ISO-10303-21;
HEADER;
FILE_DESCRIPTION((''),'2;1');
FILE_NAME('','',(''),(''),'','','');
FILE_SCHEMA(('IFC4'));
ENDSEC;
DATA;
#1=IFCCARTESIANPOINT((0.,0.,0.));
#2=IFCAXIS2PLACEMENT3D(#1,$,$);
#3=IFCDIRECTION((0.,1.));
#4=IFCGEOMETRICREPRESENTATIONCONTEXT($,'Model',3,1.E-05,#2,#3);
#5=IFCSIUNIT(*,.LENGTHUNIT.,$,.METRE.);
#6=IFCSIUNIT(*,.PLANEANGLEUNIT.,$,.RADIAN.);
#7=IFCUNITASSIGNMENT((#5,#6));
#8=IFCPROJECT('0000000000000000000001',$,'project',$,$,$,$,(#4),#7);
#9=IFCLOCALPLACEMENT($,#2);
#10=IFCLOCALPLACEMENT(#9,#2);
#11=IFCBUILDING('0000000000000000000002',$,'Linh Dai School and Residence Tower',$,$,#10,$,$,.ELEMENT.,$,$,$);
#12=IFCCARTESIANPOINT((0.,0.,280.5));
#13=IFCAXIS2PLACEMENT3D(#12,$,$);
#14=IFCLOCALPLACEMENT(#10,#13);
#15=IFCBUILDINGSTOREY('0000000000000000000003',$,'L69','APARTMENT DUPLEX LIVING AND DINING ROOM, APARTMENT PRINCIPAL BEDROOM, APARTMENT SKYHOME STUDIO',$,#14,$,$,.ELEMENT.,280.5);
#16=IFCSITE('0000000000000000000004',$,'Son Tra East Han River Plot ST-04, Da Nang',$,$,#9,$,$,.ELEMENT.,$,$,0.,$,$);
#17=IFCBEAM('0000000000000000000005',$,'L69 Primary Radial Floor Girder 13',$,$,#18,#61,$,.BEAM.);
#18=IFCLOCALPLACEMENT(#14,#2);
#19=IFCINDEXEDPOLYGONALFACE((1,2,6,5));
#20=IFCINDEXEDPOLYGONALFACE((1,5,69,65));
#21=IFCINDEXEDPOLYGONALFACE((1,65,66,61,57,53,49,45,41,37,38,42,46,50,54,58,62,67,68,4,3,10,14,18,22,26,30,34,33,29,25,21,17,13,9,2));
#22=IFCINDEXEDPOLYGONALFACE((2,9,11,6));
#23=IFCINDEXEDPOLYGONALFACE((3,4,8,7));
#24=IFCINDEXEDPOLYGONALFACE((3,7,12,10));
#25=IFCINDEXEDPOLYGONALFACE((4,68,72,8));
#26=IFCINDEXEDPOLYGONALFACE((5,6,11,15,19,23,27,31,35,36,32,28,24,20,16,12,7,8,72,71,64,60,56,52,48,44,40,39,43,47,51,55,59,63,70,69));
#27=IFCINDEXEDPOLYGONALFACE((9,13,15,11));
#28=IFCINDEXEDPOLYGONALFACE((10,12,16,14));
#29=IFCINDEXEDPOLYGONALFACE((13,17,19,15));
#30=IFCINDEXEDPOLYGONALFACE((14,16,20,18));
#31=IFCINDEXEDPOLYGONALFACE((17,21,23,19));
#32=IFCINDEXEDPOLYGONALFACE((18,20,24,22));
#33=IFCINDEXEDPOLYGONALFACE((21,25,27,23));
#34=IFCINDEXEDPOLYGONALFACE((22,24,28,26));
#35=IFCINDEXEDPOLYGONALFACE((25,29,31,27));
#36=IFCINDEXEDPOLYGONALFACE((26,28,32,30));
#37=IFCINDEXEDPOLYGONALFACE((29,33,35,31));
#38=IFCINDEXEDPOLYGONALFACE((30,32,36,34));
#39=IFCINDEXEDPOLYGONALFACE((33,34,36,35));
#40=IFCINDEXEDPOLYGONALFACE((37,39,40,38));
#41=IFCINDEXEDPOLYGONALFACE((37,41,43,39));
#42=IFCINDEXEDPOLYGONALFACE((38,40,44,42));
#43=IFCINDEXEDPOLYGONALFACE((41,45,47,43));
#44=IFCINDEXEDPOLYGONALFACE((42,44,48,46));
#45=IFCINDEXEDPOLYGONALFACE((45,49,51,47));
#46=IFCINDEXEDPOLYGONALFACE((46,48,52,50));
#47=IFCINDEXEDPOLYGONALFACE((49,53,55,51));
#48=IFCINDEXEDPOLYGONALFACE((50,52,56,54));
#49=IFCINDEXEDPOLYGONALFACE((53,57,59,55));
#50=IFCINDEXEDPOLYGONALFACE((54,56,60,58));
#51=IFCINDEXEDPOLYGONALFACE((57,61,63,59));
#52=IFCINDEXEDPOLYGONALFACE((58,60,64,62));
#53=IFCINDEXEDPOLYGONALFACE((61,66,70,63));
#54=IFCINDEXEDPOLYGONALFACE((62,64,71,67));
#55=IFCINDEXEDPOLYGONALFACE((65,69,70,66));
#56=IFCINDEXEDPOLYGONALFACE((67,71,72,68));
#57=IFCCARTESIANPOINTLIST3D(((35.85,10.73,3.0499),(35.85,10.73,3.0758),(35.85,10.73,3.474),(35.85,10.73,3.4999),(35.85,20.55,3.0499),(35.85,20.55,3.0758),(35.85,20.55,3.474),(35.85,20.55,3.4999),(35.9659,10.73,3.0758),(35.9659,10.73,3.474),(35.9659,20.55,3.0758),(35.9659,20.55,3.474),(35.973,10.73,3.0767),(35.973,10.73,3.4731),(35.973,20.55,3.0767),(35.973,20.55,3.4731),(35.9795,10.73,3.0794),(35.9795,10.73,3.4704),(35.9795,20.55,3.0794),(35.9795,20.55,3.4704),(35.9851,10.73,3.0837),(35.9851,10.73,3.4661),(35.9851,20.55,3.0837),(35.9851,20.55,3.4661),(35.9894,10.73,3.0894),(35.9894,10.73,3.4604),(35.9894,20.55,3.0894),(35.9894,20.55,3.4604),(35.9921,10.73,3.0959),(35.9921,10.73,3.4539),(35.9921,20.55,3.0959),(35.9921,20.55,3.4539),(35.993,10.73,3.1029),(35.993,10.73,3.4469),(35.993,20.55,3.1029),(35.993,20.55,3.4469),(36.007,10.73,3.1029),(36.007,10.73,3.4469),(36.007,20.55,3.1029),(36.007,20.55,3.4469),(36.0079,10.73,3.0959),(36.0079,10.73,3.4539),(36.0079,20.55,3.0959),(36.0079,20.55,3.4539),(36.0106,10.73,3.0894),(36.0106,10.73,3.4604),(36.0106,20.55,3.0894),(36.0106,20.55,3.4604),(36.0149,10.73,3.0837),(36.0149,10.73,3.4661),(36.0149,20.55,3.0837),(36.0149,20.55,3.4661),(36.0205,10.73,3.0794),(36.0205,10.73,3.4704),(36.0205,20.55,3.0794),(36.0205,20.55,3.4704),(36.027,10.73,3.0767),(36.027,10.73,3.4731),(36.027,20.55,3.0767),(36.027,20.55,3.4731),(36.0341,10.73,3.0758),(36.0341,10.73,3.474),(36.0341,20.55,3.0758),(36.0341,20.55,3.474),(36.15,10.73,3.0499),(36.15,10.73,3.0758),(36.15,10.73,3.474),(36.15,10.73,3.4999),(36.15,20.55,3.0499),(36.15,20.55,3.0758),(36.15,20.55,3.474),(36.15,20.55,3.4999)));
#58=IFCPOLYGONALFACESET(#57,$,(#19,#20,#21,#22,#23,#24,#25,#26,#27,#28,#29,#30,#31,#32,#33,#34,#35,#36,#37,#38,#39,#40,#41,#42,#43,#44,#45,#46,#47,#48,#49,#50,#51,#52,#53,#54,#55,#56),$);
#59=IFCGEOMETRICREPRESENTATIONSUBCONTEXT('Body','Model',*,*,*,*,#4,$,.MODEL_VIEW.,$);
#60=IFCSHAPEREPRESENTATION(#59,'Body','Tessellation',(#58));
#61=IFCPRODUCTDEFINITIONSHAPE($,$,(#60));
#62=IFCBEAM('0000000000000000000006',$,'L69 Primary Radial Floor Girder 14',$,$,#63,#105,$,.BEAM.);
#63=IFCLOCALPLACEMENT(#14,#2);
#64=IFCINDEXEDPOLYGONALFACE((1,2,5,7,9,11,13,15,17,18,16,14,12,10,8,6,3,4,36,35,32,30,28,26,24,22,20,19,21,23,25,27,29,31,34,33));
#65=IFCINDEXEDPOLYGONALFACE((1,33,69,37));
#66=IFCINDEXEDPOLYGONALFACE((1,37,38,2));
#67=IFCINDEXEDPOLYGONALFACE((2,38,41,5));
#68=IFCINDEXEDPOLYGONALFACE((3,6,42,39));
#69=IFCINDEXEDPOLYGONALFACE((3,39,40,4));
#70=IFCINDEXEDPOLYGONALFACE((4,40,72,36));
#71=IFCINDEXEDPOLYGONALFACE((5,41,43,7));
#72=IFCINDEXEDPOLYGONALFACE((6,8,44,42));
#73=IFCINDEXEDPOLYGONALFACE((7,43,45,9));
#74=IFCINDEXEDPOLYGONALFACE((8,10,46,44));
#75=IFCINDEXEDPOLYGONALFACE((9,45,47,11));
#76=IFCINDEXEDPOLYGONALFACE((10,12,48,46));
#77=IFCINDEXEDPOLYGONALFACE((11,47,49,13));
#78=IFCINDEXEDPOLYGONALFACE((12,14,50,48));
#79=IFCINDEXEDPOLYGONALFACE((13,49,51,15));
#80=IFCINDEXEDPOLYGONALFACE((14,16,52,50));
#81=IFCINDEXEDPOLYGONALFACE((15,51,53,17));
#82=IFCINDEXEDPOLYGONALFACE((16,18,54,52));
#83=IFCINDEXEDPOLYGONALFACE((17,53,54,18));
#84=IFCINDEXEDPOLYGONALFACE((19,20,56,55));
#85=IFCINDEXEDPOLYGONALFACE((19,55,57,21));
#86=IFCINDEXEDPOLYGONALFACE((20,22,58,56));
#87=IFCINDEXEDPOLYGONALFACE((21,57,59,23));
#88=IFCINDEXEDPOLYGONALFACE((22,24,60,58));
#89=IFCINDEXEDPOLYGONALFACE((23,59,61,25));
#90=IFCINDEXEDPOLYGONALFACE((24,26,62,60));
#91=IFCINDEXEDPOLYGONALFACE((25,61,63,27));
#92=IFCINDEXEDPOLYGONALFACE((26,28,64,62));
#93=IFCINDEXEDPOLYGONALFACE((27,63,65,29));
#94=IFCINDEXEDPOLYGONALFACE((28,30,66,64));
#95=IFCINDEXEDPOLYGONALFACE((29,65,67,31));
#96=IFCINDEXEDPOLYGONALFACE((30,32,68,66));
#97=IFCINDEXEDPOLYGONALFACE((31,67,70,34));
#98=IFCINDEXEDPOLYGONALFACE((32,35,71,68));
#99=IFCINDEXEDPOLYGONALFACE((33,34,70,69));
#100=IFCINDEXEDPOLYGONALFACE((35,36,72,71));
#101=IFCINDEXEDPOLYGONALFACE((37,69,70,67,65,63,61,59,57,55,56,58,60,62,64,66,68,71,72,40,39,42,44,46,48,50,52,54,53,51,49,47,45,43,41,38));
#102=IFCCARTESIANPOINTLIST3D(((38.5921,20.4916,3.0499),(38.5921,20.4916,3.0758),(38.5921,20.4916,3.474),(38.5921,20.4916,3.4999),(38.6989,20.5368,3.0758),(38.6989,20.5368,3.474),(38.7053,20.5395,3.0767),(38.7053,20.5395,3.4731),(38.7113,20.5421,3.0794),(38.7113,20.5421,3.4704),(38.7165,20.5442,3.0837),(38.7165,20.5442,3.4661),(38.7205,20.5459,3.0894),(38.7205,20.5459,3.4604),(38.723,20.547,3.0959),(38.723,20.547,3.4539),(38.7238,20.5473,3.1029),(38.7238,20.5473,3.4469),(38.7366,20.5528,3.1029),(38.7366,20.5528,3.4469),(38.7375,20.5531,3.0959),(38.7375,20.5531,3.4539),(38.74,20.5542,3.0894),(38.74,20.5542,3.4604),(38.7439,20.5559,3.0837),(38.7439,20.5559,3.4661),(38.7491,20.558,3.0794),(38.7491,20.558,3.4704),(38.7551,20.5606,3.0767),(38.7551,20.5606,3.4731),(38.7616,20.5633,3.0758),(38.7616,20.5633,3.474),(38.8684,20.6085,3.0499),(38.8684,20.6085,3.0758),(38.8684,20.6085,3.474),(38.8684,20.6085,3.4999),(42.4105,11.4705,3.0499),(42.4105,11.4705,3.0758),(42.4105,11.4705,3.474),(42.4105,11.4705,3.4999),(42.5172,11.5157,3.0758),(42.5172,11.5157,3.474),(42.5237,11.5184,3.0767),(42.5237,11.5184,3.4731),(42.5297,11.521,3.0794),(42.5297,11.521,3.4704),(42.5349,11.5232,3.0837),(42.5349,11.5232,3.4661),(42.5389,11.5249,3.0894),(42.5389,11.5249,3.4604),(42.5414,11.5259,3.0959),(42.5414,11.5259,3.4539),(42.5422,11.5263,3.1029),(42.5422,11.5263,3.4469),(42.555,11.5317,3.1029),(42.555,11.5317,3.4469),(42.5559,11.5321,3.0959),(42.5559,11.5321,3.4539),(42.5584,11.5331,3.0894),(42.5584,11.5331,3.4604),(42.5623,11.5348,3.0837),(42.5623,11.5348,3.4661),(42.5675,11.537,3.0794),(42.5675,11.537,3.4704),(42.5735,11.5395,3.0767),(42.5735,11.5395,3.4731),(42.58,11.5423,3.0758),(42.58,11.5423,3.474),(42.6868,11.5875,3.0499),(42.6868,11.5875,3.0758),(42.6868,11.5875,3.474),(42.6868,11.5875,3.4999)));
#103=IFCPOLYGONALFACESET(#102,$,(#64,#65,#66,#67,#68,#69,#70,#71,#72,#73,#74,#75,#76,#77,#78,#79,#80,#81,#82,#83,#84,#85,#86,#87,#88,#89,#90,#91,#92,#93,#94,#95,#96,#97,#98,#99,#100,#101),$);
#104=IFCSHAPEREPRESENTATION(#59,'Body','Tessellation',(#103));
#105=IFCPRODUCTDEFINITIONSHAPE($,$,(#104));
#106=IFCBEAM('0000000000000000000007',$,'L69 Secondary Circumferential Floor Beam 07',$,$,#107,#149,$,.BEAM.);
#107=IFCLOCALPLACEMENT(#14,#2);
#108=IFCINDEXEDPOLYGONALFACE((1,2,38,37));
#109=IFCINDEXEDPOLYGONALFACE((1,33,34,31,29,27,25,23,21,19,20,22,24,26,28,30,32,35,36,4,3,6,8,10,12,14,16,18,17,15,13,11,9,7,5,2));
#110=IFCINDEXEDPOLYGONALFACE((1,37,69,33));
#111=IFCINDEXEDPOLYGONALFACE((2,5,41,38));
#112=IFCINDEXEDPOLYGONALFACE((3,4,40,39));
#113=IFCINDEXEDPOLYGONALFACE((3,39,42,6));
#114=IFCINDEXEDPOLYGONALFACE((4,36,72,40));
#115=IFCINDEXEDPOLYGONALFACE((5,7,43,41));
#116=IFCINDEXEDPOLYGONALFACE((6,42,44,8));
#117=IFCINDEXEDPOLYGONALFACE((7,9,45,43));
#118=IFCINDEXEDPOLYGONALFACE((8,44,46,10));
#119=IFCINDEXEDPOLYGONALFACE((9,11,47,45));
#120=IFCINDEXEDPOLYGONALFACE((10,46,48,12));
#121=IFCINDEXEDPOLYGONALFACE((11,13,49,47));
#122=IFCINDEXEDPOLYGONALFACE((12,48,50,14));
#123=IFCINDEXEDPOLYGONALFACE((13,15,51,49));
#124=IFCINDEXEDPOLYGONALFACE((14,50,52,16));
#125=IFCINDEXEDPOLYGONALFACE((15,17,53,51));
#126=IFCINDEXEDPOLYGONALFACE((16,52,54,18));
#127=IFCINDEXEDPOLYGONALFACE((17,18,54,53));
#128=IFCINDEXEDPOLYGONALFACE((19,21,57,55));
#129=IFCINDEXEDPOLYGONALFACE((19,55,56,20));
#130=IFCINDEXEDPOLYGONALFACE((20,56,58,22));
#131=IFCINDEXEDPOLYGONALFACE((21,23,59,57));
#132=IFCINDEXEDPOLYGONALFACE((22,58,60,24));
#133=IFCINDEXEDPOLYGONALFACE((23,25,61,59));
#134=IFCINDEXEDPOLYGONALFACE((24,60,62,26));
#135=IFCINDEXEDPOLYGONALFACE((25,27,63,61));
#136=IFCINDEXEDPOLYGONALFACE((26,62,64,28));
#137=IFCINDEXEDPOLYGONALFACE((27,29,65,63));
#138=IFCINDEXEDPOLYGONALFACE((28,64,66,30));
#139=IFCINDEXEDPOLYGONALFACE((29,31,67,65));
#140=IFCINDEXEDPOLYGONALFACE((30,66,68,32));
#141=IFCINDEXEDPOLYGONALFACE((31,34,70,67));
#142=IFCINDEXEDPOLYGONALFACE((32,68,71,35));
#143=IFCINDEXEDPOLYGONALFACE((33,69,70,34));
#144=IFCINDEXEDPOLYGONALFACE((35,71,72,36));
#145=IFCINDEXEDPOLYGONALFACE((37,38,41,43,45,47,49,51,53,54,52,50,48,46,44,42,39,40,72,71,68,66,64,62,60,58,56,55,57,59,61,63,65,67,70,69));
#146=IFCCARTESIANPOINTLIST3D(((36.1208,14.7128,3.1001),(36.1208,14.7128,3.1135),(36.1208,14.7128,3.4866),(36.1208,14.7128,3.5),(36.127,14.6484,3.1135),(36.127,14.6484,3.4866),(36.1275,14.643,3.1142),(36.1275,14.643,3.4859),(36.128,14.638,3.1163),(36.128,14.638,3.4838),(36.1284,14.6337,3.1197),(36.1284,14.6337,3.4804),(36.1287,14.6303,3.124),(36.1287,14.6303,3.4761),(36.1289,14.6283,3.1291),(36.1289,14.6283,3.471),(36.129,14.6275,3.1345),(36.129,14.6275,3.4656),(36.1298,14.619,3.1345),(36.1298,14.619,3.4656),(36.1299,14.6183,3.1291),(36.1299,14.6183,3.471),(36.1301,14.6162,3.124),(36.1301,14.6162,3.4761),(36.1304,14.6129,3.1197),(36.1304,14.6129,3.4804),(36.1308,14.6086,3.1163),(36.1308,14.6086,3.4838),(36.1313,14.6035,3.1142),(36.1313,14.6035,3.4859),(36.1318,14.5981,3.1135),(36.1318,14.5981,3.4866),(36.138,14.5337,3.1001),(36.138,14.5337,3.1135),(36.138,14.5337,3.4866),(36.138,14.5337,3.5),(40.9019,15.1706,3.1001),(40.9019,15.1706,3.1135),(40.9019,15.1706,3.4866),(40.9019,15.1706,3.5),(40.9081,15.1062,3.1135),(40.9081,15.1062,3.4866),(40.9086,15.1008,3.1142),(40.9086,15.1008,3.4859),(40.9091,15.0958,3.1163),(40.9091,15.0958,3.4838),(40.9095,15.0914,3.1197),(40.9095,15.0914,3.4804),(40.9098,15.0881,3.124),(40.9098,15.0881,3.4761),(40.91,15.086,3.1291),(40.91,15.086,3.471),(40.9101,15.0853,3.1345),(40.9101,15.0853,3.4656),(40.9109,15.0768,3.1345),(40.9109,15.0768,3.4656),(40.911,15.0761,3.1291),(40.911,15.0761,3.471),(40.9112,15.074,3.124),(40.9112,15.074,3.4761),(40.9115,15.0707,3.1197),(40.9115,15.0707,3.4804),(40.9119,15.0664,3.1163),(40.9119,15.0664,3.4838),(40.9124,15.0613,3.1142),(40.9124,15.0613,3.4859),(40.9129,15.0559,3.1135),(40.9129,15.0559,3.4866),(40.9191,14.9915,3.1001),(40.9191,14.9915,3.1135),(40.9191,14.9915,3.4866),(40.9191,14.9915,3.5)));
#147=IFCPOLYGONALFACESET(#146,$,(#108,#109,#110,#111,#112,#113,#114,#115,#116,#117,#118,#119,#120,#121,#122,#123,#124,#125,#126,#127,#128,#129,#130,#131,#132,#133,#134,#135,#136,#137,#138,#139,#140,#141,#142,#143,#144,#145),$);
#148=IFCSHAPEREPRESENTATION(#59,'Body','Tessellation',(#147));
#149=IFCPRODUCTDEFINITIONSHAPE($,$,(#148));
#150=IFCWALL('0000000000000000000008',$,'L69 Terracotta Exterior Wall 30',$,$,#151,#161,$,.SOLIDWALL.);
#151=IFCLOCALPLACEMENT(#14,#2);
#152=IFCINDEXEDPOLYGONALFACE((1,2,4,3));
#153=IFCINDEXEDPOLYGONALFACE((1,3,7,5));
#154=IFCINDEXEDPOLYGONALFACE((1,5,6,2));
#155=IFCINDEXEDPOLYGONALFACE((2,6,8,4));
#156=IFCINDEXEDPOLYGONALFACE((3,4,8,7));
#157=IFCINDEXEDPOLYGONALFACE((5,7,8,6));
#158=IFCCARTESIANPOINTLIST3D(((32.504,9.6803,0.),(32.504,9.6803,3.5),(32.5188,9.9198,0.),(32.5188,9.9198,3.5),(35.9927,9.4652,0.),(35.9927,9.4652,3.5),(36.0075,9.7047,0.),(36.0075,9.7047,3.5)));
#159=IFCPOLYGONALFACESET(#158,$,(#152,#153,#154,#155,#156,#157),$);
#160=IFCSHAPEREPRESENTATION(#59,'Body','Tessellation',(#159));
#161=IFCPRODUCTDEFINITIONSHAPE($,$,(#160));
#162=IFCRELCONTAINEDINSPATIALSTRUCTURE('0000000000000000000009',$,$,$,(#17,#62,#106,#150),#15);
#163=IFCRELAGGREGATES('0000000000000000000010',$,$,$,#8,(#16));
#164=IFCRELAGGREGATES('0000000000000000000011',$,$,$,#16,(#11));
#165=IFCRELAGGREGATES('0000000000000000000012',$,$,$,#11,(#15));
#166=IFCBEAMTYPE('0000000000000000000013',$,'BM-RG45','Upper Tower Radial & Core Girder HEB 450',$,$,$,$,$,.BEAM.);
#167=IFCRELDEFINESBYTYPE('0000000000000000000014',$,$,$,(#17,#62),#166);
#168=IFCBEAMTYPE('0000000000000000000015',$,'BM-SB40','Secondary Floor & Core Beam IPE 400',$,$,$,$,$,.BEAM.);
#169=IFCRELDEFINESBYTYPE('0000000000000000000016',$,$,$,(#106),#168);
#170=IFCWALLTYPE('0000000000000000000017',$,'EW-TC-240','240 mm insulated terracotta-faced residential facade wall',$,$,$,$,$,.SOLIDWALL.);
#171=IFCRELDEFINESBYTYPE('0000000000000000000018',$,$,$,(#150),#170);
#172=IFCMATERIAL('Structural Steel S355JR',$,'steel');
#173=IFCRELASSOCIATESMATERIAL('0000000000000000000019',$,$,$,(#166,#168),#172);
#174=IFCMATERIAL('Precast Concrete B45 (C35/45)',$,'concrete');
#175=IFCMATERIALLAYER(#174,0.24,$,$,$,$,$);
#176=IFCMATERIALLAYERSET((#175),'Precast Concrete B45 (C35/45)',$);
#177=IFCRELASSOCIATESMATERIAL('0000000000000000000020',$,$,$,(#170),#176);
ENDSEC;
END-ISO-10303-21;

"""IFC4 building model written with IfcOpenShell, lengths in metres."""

from ifc_helpers import new_model, si_unit, direction, frame, frame_2d, origin, origin_2d, place, context, subcontext, project, spatial, rectangle, i_section, extrude, material, layer, layer_set, material_profile, profile_set, type_object, element, save


model = new_model("IFC4")

# Units and contexts
model_context = context("Model", 3, precision=1e-05, world=origin(), true_north=direction((0.0, 1.0)))
body_context = subcontext(model_context, "Body", "Model", "MODEL_VIEW")
ifc_project = project(units=[si_unit("LENGTHUNIT", "METRE"), si_unit("PLANEANGLEUNIT", "RADIAN")], contexts=[model_context])

# Site, building, storey
site_placement = place(None, origin())
site = spatial("IfcSite", under=ifc_project, at=site_placement, Name="Son Tra East Han River Plot ST-04, Da Nang", CompositionType="ELEMENT", RefElevation=0.0)
building_placement = place(site_placement, origin())
building = spatial("IfcBuilding", under=site, at=building_placement, Name="Linh Dai School and Residence Tower", CompositionType="ELEMENT")
storey_placement = place(building_placement, frame((0.0, 0.0, 280.5)))
storey = spatial("IfcBuildingStorey", under=building, at=storey_placement, Name="L69", Description="APARTMENT DUPLEX LIVING AND DINING ROOM, APARTMENT PRINCIPAL BEDROOM, APARTMENT SKYHOME STUDIO", CompositionType="ELEMENT", Elevation=280.5)

# Shared definitions
ifc_material_1 = material(Name="Structural Steel S355JR", Category="steel")

# Beams
ifc_material_profile_1 = material_profile(ifc_material_1, i_section(OverallWidth=0.3, OverallDepth=0.45, WebThickness=0.0139, FlangeThickness=0.0259, FilletRadius=0.0271, at=origin_2d()), Name="HEB 450")
ifc_profile_set_1 = profile_set([ifc_material_profile_1], Name="Structural Steel S355JR")
beam_type_1 = type_object("IfcBeamType", Name="BM-RG45", Description="Upper Tower Radial & Core Girder HEB 450", PredefinedType="BEAM", material=ifc_profile_set_1)
beam_1_placement = place(storey_placement, frame((36.0, 20.55, 3.2749), z_axis=(0.0, -1.0, 0.0), x_axis=(1.0, 0.0, 0.0)))
element("IfcBeam", 1, at=beam_1_placement, inside=storey, type_object=beam_type_1, Name="L69 Primary Radial Floor Girder 13", PredefinedType="BEAM", context=body_context, shape_type="SweptSolid", body=[
    extrude(i_section(OverallWidth=0.3, OverallDepth=0.45, WebThickness=0.0139, FlangeThickness=0.0259, FilletRadius=0.0271, at=origin_2d()), origin(), (0.0, 0.0, 1.0), 9.8201),
])
beam_2_placement = place(storey_placement, frame((38.7302, 20.55, 3.2749), z_axis=(0.389794, -0.920902, 0.0), x_axis=(0.920902, 0.389794, 0.0)))
element("IfcBeam", 2, at=beam_2_placement, inside=storey, type_object=beam_type_1, Name="L69 Primary Radial Floor Girder 14", PredefinedType="BEAM", context=body_context, shape_type="SweptSolid", body=[
    extrude(i_section(OverallWidth=0.3, OverallDepth=0.45, WebThickness=0.0139, FlangeThickness=0.0259, FilletRadius=0.0271, at=origin_2d()), origin(), (0.0, 0.0, 1.0), 9.7959),
])
ifc_material_profile_2 = material_profile(ifc_material_1, i_section(OverallWidth=0.1799, OverallDepth=0.3999, WebThickness=0.0085, FlangeThickness=0.0134, FilletRadius=0.021, at=origin_2d()), Name="IPE 400")
ifc_profile_set_2 = profile_set([ifc_material_profile_2], Name="Structural Steel S355JR")
beam_type_2 = type_object("IfcBeamType", Name="BM-SB40", Description="Secondary Floor & Core Beam IPE 400", PredefinedType="BEAM", material=ifc_profile_set_2)
beam_3_placement = place(storey_placement, frame((36.1294, 14.6233, 3.3), z_axis=(0.995448, 0.09531, 0.0), x_axis=(-0.09531, 0.995448, 0.0)))
element("IfcBeam", 3, at=beam_3_placement, inside=storey, type_object=beam_type_2, Name="L69 Secondary Circumferential Floor Beam 07", PredefinedType="BEAM", context=body_context, shape_type="SweptSolid", body=[
    extrude(i_section(OverallWidth=0.1799, OverallDepth=0.3999, WebThickness=0.0085, FlangeThickness=0.0134, FilletRadius=0.021, at=origin_2d()), origin(), (0.0, 0.0, 1.0), 4.803),
])

# Wall
ifc_material_2 = material(Name="Precast Concrete B45 (C35/45)", Category="concrete")
ifc_layer_1 = layer(ifc_material_2, 0.24)
ifc_layer_set_1 = layer_set([ifc_layer_1], Name="Precast Concrete B45 (C35/45)")
wall_type_1 = type_object("IfcWallType", Name="EW-TC-240", Description="240 mm insulated terracotta-faced residential facade wall", PredefinedType="SOLIDWALL", material=ifc_layer_set_1)
wall_1_placement = place(storey_placement, frame((36.0, 9.585, 0.0), z_axis=(0.0, 0.0, 1.0), x_axis=(-0.998105, 0.061535, 0.0)))
element("IfcWall", 4, at=wall_1_placement, inside=storey, type_object=wall_type_1, Name="L69 Terracotta Exterior Wall 30", PredefinedType="SOLIDWALL", context=body_context, shape_type="SweptSolid", body=[
    extrude(rectangle(XDim=3.4954, YDim=0.24, at=frame_2d((1.7476, 0.0))), origin(), (0.0, 0.0, 1.0), 3.5),
])

save(model, "model.ifc")
